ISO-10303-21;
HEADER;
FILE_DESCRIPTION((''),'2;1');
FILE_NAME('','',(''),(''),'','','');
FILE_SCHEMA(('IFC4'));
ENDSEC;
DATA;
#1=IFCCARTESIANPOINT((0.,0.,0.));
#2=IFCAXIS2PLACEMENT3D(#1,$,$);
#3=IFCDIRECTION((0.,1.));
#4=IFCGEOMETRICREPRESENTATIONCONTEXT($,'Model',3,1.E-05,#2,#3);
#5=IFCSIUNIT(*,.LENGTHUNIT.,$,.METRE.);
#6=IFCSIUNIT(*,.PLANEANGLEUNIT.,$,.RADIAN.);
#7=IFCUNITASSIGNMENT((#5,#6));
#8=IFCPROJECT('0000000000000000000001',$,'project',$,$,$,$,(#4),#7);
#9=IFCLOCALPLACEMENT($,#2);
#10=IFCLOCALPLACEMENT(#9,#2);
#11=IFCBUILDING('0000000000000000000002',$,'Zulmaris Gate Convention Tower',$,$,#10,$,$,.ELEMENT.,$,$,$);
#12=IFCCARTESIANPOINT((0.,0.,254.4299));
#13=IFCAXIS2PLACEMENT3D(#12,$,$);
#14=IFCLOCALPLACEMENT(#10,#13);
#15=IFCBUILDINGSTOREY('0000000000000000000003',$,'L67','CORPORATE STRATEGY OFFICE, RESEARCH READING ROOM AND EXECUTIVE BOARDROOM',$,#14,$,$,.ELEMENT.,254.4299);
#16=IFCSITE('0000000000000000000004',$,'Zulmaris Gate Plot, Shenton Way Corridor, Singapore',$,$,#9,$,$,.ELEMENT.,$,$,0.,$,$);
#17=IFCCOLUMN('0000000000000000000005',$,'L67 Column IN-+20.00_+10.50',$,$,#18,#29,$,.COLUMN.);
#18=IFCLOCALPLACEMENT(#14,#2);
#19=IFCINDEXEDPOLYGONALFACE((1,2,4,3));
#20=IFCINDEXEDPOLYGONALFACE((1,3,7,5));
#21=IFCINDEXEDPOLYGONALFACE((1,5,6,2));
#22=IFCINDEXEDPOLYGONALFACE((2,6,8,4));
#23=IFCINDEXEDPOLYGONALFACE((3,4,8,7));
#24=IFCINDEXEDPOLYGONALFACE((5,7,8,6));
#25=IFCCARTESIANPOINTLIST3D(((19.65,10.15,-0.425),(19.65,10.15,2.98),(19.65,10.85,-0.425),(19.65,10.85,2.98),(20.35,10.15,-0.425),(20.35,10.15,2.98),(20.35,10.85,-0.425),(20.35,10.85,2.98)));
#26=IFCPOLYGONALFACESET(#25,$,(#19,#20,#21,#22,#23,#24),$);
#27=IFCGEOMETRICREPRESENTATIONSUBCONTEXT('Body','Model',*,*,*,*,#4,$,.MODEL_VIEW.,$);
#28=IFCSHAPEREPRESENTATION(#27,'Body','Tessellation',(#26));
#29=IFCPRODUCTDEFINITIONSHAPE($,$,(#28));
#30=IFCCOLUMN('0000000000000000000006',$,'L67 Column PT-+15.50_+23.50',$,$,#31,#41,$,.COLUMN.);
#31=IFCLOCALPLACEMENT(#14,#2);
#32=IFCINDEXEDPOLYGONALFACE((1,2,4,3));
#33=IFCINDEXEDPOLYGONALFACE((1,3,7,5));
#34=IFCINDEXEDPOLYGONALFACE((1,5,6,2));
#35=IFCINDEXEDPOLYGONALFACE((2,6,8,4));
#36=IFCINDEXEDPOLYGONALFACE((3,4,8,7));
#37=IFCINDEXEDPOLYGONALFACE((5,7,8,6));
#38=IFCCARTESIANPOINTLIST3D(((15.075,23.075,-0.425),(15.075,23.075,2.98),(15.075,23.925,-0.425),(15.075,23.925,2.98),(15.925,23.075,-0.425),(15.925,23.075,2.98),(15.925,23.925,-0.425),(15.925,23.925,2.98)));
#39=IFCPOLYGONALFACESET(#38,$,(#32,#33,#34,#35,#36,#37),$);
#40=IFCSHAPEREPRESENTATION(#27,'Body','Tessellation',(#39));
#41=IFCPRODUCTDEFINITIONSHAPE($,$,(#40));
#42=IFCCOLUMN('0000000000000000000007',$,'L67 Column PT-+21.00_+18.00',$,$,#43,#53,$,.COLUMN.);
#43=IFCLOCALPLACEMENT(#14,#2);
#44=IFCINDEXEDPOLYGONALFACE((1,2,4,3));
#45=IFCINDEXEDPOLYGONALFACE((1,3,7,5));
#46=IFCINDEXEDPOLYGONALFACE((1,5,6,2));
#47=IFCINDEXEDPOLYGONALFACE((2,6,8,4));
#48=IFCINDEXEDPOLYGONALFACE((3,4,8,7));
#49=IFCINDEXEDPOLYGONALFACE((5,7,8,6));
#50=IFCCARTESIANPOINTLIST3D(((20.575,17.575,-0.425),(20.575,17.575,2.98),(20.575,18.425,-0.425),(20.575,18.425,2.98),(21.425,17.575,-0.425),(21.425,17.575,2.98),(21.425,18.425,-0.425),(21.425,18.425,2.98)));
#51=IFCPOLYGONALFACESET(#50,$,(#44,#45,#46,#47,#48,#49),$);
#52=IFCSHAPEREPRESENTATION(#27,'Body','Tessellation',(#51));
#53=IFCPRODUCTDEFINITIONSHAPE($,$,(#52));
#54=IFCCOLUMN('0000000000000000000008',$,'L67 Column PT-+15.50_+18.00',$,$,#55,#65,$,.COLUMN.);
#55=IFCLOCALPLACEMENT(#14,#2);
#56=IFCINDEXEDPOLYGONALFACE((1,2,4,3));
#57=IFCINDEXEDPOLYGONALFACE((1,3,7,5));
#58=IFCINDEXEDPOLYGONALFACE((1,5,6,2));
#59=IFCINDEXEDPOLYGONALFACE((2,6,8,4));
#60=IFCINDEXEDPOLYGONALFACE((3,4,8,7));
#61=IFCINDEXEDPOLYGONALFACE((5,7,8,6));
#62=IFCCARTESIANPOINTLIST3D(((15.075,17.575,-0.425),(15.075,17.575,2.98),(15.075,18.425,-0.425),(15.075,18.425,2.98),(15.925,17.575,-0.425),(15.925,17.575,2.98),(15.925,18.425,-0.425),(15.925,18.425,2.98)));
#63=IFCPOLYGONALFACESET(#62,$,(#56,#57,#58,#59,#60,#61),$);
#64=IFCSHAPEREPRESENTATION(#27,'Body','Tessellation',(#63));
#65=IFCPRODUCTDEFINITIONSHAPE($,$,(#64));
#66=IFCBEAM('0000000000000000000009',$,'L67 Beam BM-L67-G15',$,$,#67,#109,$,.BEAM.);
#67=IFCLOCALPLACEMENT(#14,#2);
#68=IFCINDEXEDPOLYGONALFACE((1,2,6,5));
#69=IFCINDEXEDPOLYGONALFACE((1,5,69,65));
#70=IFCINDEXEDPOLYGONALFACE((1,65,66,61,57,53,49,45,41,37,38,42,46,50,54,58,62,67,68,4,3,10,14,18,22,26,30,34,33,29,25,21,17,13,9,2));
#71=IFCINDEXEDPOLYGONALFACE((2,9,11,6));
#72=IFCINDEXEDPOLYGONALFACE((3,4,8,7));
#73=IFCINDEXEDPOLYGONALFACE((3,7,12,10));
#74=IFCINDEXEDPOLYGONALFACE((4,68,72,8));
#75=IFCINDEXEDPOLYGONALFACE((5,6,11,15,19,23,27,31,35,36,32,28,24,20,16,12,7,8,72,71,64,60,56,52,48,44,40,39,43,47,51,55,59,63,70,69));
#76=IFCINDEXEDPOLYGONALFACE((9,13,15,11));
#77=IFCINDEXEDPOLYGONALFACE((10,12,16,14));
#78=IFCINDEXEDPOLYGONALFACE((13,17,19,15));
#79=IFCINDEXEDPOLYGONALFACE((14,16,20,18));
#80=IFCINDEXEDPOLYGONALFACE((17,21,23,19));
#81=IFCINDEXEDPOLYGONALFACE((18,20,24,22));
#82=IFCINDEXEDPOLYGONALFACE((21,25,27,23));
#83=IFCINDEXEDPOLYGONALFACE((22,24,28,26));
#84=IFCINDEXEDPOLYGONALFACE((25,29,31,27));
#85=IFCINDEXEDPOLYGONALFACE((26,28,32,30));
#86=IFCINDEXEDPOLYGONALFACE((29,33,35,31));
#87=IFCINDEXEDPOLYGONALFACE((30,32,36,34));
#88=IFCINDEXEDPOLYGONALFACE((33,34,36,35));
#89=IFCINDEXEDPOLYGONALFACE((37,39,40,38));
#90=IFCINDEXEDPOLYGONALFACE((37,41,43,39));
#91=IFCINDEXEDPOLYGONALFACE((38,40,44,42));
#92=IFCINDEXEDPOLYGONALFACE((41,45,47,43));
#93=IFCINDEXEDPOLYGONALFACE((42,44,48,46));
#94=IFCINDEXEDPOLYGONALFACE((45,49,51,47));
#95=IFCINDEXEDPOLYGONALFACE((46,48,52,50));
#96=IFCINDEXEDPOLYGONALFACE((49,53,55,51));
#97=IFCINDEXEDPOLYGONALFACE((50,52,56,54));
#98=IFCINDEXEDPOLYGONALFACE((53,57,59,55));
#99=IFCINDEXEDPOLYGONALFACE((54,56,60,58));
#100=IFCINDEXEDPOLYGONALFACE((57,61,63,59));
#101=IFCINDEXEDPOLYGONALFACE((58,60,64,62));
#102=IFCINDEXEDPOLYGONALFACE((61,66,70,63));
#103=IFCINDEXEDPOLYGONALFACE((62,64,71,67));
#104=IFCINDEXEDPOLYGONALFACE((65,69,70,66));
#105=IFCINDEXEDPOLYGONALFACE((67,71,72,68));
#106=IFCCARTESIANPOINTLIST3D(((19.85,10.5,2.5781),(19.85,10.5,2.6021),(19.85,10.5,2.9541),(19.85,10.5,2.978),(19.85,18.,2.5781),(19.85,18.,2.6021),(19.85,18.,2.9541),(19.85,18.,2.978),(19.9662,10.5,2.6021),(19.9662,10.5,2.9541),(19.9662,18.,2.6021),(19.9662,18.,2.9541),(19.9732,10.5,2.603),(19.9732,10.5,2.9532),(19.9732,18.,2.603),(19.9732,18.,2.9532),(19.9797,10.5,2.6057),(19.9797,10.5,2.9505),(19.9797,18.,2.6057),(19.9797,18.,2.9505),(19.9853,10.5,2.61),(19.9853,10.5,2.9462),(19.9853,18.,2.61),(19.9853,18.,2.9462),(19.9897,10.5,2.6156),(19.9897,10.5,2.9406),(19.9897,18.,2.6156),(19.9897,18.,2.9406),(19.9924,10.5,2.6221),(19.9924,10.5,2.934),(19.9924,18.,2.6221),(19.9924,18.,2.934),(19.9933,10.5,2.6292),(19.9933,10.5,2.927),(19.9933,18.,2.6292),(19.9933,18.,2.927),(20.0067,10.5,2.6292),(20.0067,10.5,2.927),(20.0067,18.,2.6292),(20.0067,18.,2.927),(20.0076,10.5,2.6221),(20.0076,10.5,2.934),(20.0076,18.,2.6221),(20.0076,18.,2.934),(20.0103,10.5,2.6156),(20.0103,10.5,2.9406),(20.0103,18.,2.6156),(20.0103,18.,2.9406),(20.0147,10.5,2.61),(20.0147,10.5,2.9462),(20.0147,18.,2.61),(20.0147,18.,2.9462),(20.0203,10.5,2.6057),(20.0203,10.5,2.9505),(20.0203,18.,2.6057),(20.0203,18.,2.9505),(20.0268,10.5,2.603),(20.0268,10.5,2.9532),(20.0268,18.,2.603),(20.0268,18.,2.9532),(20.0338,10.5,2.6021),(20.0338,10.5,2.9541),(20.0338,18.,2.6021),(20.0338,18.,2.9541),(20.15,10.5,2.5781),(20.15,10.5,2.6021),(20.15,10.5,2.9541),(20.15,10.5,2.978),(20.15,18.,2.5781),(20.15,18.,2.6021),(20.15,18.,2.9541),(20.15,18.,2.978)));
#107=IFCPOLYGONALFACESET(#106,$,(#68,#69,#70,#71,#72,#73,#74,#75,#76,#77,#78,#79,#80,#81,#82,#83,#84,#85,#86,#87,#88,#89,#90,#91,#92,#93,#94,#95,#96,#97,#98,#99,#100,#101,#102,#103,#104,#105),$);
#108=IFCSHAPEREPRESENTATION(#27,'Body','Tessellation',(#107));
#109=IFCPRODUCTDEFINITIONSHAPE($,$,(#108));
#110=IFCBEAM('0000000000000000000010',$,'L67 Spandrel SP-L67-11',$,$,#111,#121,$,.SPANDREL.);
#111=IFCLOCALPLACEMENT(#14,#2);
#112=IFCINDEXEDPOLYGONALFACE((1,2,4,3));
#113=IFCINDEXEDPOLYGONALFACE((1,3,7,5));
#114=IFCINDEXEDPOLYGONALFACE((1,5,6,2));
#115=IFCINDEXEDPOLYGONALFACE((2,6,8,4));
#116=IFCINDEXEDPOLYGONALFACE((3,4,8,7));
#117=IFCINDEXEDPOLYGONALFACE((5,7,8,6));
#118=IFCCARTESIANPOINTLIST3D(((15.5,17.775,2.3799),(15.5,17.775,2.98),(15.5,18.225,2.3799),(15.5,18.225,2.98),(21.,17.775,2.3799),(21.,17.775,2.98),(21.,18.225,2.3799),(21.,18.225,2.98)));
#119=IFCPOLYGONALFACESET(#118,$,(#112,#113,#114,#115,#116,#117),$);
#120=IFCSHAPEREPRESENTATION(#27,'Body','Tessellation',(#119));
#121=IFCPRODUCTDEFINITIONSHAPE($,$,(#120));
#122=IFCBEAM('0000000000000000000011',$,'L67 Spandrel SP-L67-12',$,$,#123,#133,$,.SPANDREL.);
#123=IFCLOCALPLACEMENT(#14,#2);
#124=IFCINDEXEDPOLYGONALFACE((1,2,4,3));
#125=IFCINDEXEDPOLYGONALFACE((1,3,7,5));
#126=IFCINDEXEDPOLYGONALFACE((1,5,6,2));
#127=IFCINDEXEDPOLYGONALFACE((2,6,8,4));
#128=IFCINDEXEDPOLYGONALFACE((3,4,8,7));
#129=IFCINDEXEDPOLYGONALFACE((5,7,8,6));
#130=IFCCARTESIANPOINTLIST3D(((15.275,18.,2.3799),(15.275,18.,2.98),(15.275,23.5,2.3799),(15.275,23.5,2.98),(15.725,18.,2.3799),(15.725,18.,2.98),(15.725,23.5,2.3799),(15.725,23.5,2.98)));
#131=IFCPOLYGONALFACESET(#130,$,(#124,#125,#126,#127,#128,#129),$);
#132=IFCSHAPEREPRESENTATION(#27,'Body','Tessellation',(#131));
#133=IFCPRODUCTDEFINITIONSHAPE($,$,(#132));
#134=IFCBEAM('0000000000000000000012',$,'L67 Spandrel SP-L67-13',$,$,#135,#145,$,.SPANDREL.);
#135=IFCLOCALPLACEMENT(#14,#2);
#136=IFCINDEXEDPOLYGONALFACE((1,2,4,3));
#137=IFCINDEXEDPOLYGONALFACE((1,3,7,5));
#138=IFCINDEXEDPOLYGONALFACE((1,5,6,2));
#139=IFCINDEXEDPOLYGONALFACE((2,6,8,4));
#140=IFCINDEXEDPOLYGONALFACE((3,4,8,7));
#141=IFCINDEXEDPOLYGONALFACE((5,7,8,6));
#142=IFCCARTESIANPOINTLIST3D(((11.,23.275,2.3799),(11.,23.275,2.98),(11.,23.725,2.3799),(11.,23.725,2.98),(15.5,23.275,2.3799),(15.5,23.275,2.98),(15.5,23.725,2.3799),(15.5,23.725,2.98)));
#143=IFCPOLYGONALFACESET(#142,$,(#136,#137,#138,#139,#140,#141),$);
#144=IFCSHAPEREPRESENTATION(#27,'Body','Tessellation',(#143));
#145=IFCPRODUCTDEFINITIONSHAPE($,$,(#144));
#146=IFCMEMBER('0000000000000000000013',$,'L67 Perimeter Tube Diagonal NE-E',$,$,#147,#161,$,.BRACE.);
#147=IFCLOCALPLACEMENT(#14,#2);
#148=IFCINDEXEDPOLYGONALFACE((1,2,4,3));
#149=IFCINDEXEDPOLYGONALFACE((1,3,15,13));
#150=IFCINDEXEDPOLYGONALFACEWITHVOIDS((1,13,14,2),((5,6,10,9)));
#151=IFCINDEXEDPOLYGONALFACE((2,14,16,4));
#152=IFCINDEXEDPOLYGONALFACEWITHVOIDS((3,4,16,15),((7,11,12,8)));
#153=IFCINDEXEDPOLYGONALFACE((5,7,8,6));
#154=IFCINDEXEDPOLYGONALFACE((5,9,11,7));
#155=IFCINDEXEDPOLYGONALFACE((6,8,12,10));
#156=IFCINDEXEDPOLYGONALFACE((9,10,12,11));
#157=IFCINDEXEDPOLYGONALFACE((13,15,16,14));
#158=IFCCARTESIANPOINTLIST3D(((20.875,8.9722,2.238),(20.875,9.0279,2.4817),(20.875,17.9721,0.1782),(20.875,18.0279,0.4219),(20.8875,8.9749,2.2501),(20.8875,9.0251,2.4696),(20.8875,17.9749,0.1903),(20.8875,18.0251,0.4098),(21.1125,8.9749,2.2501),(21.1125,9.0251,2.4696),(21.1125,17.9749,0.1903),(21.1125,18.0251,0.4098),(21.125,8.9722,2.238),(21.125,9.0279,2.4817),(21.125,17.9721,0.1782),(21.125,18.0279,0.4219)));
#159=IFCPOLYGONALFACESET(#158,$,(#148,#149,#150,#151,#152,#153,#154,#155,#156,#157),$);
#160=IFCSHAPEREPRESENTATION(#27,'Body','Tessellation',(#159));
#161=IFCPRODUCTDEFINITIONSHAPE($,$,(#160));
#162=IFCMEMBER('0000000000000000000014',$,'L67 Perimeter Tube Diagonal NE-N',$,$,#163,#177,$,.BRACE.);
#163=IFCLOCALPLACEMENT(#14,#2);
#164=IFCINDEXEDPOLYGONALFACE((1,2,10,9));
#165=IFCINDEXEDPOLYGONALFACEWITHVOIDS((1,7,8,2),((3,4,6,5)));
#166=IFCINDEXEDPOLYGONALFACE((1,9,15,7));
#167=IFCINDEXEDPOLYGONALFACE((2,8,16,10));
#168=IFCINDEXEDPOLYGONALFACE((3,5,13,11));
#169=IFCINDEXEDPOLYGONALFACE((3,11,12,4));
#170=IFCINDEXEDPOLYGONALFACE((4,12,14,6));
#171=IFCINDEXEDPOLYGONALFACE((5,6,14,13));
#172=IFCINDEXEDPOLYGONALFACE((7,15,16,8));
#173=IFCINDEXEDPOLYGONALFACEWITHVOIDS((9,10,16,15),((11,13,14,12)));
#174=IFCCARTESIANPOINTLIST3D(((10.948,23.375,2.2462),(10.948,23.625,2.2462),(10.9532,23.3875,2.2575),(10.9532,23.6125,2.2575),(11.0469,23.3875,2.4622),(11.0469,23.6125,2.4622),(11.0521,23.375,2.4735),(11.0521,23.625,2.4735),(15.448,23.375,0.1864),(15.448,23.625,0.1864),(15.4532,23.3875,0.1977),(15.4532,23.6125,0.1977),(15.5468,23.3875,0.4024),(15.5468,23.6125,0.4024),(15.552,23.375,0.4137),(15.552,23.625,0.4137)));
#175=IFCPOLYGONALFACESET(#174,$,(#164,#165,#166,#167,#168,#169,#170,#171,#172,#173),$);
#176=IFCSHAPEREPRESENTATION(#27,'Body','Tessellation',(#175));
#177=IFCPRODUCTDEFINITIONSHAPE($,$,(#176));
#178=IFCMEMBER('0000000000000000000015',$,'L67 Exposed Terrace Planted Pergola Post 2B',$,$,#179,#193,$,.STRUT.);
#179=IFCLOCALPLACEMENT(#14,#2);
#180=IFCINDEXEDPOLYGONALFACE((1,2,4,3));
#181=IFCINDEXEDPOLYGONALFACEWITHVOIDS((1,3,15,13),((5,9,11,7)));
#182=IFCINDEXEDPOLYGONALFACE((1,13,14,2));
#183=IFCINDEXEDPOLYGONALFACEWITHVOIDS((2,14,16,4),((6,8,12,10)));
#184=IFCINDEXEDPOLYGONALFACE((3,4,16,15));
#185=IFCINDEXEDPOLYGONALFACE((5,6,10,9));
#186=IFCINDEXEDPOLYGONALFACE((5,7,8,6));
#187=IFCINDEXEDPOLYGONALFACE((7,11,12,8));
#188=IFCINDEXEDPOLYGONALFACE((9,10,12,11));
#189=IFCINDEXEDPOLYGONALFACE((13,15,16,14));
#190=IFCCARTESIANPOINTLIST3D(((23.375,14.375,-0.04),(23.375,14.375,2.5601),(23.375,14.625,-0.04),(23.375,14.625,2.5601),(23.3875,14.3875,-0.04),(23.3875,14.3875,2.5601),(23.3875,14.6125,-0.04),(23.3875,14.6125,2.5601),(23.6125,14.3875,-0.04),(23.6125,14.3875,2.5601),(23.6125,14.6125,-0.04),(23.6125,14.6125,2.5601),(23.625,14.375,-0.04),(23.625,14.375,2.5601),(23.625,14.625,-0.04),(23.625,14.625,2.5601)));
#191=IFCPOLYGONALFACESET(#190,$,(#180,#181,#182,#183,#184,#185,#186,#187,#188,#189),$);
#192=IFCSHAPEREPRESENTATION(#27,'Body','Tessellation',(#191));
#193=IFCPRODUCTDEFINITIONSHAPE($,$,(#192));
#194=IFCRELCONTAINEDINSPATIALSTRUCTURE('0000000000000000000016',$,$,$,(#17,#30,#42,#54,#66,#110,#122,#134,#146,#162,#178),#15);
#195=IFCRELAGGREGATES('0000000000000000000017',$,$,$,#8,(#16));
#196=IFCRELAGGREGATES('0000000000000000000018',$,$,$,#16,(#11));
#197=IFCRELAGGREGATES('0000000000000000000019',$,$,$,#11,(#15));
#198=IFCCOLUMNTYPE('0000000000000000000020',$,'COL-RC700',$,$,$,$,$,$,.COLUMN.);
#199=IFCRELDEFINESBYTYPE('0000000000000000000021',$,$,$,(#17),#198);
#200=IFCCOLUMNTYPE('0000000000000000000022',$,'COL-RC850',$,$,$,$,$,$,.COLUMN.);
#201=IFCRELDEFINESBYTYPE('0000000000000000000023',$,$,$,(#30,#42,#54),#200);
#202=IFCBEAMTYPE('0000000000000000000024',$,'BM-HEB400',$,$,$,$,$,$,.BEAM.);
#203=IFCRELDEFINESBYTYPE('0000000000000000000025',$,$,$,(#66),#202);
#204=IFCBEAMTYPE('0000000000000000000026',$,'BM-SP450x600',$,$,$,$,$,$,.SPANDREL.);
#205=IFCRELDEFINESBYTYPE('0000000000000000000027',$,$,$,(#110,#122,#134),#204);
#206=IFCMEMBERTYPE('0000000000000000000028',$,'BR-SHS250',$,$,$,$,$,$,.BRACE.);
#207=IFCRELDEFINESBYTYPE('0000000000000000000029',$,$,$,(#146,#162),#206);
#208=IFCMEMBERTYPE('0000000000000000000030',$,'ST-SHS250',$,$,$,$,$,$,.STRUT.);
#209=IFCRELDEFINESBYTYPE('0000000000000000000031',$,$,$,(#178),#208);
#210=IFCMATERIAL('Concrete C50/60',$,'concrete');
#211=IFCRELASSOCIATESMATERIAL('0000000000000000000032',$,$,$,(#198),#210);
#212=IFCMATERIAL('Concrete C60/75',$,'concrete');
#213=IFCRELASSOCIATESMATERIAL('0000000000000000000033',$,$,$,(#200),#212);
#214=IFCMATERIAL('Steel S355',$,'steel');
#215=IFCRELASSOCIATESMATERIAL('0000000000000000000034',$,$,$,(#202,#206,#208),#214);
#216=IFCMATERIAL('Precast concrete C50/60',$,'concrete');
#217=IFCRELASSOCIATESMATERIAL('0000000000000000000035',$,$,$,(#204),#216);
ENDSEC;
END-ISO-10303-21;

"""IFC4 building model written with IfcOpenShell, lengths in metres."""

from ifc_helpers import new_model, si_unit, direction, frame, origin, origin_2d, place, context, subcontext, project, spatial, rectangle, hollow_rectangle, i_section, extrude, material, material_profile, profile_set, type_object, element, save


model = new_model("IFC4")

# Units and contexts
model_context = context("Model", 3, precision=1e-05, world=origin(), true_north=direction((0.0, 1.0)))
body_context = subcontext(model_context, "Body", "Model", "MODEL_VIEW")
ifc_project = project(units=[si_unit("LENGTHUNIT", "METRE"), si_unit("PLANEANGLEUNIT", "RADIAN")], contexts=[model_context])

# Site, building, storey
site_placement = place(None, origin())
site = spatial("IfcSite", under=ifc_project, at=site_placement, Name="Zulmaris Gate Plot, Shenton Way Corridor, Singapore", CompositionType="ELEMENT", RefElevation=0.0)
building_placement = place(site_placement, origin())
building = spatial("IfcBuilding", under=site, at=building_placement, Name="Zulmaris Gate Convention Tower", CompositionType="ELEMENT")
storey_placement = place(building_placement, frame((0.0, 0.0, 254.4299)))
storey = spatial("IfcBuildingStorey", under=building, at=storey_placement, Name="L67", Description="CORPORATE STRATEGY OFFICE, RESEARCH READING ROOM AND EXECUTIVE BOARDROOM", CompositionType="ELEMENT", Elevation=254.4299)

# Columns
ifc_material_1 = material(Name="Concrete C50/60", Category="concrete")
ifc_material_profile_1 = material_profile(ifc_material_1, rectangle(XDim=0.7, YDim=0.7, at=origin_2d()), Name="RC COL 700x700")
ifc_profile_set_1 = profile_set([ifc_material_profile_1], Name="Concrete C50/60")
column_type_1 = type_object("IfcColumnType", Name="COL-RC700", PredefinedType="COLUMN", material=ifc_profile_set_1)
column_placement = place(storey_placement, frame((20.0, 10.5, -0.425), z_axis=(0.0, 0.0, 1.0), x_axis=(1.0, 0.0, 0.0)))
element("IfcColumn", 1, at=column_placement, inside=storey, type_object=column_type_1, Name="L67 Column IN-+20.00_+10.50", PredefinedType="COLUMN", context=body_context, shape_type="SweptSolid", body=[
    extrude(rectangle(XDim=0.7, YDim=0.7, at=origin_2d()), origin(), (0.0, 0.0, 1.0), 3.405),
])
ifc_material_2 = material(Name="Concrete C60/75", Category="concrete")
ifc_material_profile_2 = material_profile(ifc_material_2, rectangle(XDim=0.8501, YDim=0.8501, at=origin_2d()), Name="RC COL 850x850")
ifc_profile_set_2 = profile_set([ifc_material_profile_2], Name="Concrete C60/75")
column_type_2 = type_object("IfcColumnType", Name="COL-RC850", PredefinedType="COLUMN", material=ifc_profile_set_2)
for number, where, z_axis, x_axis, name in (
    (2, (15.5, 23.5, -0.425), (0.0, 0.0, 1.0), (1.0, 0.0, 0.0), "L67 Column PT-+15.50_+23.50"),
    (3, (21.0, 18.0, -0.425), (0.0, 0.0, 1.0), (1.0, 0.0, 0.0), "L67 Column PT-+21.00_+18.00"),
    (4, (15.5, 18.0, -0.425), (0.0, 0.0, 1.0), (1.0, 0.0, 0.0), "L67 Column PT-+15.50_+18.00"),
):
    element("IfcColumn", number, at=place(storey_placement, frame(where, z_axis=z_axis, x_axis=x_axis)), inside=storey, type_object=column_type_2, Name=name, PredefinedType="COLUMN", context=body_context, shape_type="SweptSolid", body=[
        extrude(rectangle(XDim=0.8501, YDim=0.8501, at=origin_2d()), origin(), (0.0, 0.0, 1.0), 3.405),
    ])

# Beams
ifc_material_3 = material(Name="Steel S355", Category="steel")
ifc_material_profile_3 = material_profile(ifc_material_3, i_section(OverallWidth=0.3, OverallDepth=0.3999, WebThickness=0.0134, FlangeThickness=0.0239, FilletRadius=0.0271, at=origin_2d()), Name="HEB 400")
ifc_profile_set_3 = profile_set([ifc_material_profile_3], Name="Steel S355")
beam_type_1 = type_object("IfcBeamType", Name="BM-HEB400", PredefinedType="BEAM", material=ifc_profile_set_3)
beam_1_placement = place(storey_placement, frame((20.0, 10.5, 2.7781), z_axis=(0.0, 1.0, 0.0), x_axis=(-1.0, 0.0, 0.0)))
element("IfcBeam", 5, at=beam_1_placement, inside=storey, type_object=beam_type_1, Name="L67 Beam BM-L67-G15", PredefinedType="BEAM", context=body_context, shape_type="SweptSolid", body=[
    extrude(i_section(OverallWidth=0.3, OverallDepth=0.3999, WebThickness=0.0134, FlangeThickness=0.0239, FilletRadius=0.0271, at=origin_2d()), origin(), (0.0, 0.0, 1.0), 7.5),
])
ifc_material_4 = material(Name="Precast concrete C50/60", Category="concrete")
ifc_material_profile_4 = material_profile(ifc_material_4, rectangle(XDim=0.45, YDim=0.6001, at=origin_2d()), Name="RC SPANDREL 450x600")
ifc_profile_set_4 = profile_set([ifc_material_profile_4], Name="Precast concrete C50/60")
beam_type_2 = type_object("IfcBeamType", Name="BM-SP450x600", PredefinedType="SPANDREL", material=ifc_profile_set_4)
for number, where, z_axis, x_axis, name in (
    (6, (21.0, 18.0, 2.6799), (-1.0, 0.0, 0.0), (0.0, -1.0, 0.0), "L67 Spandrel SP-L67-11"),
    (7, (15.5, 18.0, 2.6799), (0.0, 1.0, 0.0), (-1.0, 0.0, 0.0), "L67 Spandrel SP-L67-12"),
):
    element("IfcBeam", number, at=place(storey_placement, frame(where, z_axis=z_axis, x_axis=x_axis)), inside=storey, type_object=beam_type_2, Name=name, PredefinedType="SPANDREL", context=body_context, shape_type="SweptSolid", body=[
        extrude(rectangle(XDim=0.45, YDim=0.6001, at=origin_2d()), origin(), (0.0, 0.0, 1.0), 5.5),
    ])
beam_2_placement = place(storey_placement, frame((15.5, 23.5, 2.6799), z_axis=(-1.0, 0.0, 0.0), x_axis=(0.0, -1.0, 0.0)))
element("IfcBeam", 8, at=beam_2_placement, inside=storey, type_object=beam_type_2, Name="L67 Spandrel SP-L67-13", PredefinedType="SPANDREL", context=body_context, shape_type="SweptSolid", body=[
    extrude(rectangle(XDim=0.45, YDim=0.6001, at=origin_2d()), origin(), (0.0, 0.0, 1.0), 4.5),
])

# Members
ifc_material_profile_5 = material_profile(ifc_material_3, hollow_rectangle(XDim=0.25, YDim=0.25, WallThickness=0.0125, at=origin_2d()), Name="SHS 250x250x12.5")
ifc_profile_set_5 = profile_set([ifc_material_profile_5], Name="Steel S355")
member_type_1 = type_object("IfcMemberType", Name="BR-SHS250", PredefinedType="BRACE", material=ifc_profile_set_5)
member_1_placement = place(storey_placement, frame((21.0, 18.0, 0.3), z_axis=(0.0, -0.974796, 0.2231), x_axis=(1.0, 0.0, 0.0)))
element("IfcMember", 9, at=member_1_placement, inside=storey, type_object=member_type_1, Name="L67 Perimeter Tube Diagonal NE-E", PredefinedType="BRACE", context=body_context, shape_type="SweptSolid", body=[
    extrude(hollow_rectangle(XDim=0.25, YDim=0.25, WallThickness=0.0125, at=origin_2d()), origin(), (0.0, 0.0, 1.0), 9.2327),
])
member_2_placement = place(storey_placement, frame((15.5, 23.5, 0.3), z_axis=(-0.90927, 0.0, 0.416206), x_axis=(0.0, -1.0, 0.0)))
element("IfcMember", 10, at=member_2_placement, inside=storey, type_object=member_type_1, Name="L67 Perimeter Tube Diagonal NE-N", PredefinedType="BRACE", context=body_context, shape_type="SweptSolid", body=[
    extrude(hollow_rectangle(XDim=0.25, YDim=0.25, WallThickness=0.0125, at=origin_2d()), origin(), (0.0, 0.0, 1.0), 4.949),
])
ifc_material_profile_6 = material_profile(ifc_material_3, hollow_rectangle(XDim=0.25, YDim=0.25, WallThickness=0.0125, at=origin_2d()), Name="SHS 250x250x12.5")
ifc_profile_set_6 = profile_set([ifc_material_profile_6], Name="Steel S355")
member_type_2 = type_object("IfcMemberType", Name="ST-SHS250", PredefinedType="STRUT", material=ifc_profile_set_6)
member_3_placement = place(storey_placement, frame((23.5, 14.5, -0.04), z_axis=(0.0, 0.0, 1.0), x_axis=(1.0, 0.0, 0.0)))
element("IfcMember", 11, at=member_3_placement, inside=storey, type_object=member_type_2, Name="L67 Exposed Terrace Planted Pergola Post 2B", PredefinedType="STRUT", context=body_context, shape_type="SweptSolid", body=[
    extrude(hollow_rectangle(XDim=0.25, YDim=0.25, WallThickness=0.0125, at=origin_2d()), origin(), (0.0, 0.0, 1.0), 2.6001),
])

save(model, "model.ifc")
